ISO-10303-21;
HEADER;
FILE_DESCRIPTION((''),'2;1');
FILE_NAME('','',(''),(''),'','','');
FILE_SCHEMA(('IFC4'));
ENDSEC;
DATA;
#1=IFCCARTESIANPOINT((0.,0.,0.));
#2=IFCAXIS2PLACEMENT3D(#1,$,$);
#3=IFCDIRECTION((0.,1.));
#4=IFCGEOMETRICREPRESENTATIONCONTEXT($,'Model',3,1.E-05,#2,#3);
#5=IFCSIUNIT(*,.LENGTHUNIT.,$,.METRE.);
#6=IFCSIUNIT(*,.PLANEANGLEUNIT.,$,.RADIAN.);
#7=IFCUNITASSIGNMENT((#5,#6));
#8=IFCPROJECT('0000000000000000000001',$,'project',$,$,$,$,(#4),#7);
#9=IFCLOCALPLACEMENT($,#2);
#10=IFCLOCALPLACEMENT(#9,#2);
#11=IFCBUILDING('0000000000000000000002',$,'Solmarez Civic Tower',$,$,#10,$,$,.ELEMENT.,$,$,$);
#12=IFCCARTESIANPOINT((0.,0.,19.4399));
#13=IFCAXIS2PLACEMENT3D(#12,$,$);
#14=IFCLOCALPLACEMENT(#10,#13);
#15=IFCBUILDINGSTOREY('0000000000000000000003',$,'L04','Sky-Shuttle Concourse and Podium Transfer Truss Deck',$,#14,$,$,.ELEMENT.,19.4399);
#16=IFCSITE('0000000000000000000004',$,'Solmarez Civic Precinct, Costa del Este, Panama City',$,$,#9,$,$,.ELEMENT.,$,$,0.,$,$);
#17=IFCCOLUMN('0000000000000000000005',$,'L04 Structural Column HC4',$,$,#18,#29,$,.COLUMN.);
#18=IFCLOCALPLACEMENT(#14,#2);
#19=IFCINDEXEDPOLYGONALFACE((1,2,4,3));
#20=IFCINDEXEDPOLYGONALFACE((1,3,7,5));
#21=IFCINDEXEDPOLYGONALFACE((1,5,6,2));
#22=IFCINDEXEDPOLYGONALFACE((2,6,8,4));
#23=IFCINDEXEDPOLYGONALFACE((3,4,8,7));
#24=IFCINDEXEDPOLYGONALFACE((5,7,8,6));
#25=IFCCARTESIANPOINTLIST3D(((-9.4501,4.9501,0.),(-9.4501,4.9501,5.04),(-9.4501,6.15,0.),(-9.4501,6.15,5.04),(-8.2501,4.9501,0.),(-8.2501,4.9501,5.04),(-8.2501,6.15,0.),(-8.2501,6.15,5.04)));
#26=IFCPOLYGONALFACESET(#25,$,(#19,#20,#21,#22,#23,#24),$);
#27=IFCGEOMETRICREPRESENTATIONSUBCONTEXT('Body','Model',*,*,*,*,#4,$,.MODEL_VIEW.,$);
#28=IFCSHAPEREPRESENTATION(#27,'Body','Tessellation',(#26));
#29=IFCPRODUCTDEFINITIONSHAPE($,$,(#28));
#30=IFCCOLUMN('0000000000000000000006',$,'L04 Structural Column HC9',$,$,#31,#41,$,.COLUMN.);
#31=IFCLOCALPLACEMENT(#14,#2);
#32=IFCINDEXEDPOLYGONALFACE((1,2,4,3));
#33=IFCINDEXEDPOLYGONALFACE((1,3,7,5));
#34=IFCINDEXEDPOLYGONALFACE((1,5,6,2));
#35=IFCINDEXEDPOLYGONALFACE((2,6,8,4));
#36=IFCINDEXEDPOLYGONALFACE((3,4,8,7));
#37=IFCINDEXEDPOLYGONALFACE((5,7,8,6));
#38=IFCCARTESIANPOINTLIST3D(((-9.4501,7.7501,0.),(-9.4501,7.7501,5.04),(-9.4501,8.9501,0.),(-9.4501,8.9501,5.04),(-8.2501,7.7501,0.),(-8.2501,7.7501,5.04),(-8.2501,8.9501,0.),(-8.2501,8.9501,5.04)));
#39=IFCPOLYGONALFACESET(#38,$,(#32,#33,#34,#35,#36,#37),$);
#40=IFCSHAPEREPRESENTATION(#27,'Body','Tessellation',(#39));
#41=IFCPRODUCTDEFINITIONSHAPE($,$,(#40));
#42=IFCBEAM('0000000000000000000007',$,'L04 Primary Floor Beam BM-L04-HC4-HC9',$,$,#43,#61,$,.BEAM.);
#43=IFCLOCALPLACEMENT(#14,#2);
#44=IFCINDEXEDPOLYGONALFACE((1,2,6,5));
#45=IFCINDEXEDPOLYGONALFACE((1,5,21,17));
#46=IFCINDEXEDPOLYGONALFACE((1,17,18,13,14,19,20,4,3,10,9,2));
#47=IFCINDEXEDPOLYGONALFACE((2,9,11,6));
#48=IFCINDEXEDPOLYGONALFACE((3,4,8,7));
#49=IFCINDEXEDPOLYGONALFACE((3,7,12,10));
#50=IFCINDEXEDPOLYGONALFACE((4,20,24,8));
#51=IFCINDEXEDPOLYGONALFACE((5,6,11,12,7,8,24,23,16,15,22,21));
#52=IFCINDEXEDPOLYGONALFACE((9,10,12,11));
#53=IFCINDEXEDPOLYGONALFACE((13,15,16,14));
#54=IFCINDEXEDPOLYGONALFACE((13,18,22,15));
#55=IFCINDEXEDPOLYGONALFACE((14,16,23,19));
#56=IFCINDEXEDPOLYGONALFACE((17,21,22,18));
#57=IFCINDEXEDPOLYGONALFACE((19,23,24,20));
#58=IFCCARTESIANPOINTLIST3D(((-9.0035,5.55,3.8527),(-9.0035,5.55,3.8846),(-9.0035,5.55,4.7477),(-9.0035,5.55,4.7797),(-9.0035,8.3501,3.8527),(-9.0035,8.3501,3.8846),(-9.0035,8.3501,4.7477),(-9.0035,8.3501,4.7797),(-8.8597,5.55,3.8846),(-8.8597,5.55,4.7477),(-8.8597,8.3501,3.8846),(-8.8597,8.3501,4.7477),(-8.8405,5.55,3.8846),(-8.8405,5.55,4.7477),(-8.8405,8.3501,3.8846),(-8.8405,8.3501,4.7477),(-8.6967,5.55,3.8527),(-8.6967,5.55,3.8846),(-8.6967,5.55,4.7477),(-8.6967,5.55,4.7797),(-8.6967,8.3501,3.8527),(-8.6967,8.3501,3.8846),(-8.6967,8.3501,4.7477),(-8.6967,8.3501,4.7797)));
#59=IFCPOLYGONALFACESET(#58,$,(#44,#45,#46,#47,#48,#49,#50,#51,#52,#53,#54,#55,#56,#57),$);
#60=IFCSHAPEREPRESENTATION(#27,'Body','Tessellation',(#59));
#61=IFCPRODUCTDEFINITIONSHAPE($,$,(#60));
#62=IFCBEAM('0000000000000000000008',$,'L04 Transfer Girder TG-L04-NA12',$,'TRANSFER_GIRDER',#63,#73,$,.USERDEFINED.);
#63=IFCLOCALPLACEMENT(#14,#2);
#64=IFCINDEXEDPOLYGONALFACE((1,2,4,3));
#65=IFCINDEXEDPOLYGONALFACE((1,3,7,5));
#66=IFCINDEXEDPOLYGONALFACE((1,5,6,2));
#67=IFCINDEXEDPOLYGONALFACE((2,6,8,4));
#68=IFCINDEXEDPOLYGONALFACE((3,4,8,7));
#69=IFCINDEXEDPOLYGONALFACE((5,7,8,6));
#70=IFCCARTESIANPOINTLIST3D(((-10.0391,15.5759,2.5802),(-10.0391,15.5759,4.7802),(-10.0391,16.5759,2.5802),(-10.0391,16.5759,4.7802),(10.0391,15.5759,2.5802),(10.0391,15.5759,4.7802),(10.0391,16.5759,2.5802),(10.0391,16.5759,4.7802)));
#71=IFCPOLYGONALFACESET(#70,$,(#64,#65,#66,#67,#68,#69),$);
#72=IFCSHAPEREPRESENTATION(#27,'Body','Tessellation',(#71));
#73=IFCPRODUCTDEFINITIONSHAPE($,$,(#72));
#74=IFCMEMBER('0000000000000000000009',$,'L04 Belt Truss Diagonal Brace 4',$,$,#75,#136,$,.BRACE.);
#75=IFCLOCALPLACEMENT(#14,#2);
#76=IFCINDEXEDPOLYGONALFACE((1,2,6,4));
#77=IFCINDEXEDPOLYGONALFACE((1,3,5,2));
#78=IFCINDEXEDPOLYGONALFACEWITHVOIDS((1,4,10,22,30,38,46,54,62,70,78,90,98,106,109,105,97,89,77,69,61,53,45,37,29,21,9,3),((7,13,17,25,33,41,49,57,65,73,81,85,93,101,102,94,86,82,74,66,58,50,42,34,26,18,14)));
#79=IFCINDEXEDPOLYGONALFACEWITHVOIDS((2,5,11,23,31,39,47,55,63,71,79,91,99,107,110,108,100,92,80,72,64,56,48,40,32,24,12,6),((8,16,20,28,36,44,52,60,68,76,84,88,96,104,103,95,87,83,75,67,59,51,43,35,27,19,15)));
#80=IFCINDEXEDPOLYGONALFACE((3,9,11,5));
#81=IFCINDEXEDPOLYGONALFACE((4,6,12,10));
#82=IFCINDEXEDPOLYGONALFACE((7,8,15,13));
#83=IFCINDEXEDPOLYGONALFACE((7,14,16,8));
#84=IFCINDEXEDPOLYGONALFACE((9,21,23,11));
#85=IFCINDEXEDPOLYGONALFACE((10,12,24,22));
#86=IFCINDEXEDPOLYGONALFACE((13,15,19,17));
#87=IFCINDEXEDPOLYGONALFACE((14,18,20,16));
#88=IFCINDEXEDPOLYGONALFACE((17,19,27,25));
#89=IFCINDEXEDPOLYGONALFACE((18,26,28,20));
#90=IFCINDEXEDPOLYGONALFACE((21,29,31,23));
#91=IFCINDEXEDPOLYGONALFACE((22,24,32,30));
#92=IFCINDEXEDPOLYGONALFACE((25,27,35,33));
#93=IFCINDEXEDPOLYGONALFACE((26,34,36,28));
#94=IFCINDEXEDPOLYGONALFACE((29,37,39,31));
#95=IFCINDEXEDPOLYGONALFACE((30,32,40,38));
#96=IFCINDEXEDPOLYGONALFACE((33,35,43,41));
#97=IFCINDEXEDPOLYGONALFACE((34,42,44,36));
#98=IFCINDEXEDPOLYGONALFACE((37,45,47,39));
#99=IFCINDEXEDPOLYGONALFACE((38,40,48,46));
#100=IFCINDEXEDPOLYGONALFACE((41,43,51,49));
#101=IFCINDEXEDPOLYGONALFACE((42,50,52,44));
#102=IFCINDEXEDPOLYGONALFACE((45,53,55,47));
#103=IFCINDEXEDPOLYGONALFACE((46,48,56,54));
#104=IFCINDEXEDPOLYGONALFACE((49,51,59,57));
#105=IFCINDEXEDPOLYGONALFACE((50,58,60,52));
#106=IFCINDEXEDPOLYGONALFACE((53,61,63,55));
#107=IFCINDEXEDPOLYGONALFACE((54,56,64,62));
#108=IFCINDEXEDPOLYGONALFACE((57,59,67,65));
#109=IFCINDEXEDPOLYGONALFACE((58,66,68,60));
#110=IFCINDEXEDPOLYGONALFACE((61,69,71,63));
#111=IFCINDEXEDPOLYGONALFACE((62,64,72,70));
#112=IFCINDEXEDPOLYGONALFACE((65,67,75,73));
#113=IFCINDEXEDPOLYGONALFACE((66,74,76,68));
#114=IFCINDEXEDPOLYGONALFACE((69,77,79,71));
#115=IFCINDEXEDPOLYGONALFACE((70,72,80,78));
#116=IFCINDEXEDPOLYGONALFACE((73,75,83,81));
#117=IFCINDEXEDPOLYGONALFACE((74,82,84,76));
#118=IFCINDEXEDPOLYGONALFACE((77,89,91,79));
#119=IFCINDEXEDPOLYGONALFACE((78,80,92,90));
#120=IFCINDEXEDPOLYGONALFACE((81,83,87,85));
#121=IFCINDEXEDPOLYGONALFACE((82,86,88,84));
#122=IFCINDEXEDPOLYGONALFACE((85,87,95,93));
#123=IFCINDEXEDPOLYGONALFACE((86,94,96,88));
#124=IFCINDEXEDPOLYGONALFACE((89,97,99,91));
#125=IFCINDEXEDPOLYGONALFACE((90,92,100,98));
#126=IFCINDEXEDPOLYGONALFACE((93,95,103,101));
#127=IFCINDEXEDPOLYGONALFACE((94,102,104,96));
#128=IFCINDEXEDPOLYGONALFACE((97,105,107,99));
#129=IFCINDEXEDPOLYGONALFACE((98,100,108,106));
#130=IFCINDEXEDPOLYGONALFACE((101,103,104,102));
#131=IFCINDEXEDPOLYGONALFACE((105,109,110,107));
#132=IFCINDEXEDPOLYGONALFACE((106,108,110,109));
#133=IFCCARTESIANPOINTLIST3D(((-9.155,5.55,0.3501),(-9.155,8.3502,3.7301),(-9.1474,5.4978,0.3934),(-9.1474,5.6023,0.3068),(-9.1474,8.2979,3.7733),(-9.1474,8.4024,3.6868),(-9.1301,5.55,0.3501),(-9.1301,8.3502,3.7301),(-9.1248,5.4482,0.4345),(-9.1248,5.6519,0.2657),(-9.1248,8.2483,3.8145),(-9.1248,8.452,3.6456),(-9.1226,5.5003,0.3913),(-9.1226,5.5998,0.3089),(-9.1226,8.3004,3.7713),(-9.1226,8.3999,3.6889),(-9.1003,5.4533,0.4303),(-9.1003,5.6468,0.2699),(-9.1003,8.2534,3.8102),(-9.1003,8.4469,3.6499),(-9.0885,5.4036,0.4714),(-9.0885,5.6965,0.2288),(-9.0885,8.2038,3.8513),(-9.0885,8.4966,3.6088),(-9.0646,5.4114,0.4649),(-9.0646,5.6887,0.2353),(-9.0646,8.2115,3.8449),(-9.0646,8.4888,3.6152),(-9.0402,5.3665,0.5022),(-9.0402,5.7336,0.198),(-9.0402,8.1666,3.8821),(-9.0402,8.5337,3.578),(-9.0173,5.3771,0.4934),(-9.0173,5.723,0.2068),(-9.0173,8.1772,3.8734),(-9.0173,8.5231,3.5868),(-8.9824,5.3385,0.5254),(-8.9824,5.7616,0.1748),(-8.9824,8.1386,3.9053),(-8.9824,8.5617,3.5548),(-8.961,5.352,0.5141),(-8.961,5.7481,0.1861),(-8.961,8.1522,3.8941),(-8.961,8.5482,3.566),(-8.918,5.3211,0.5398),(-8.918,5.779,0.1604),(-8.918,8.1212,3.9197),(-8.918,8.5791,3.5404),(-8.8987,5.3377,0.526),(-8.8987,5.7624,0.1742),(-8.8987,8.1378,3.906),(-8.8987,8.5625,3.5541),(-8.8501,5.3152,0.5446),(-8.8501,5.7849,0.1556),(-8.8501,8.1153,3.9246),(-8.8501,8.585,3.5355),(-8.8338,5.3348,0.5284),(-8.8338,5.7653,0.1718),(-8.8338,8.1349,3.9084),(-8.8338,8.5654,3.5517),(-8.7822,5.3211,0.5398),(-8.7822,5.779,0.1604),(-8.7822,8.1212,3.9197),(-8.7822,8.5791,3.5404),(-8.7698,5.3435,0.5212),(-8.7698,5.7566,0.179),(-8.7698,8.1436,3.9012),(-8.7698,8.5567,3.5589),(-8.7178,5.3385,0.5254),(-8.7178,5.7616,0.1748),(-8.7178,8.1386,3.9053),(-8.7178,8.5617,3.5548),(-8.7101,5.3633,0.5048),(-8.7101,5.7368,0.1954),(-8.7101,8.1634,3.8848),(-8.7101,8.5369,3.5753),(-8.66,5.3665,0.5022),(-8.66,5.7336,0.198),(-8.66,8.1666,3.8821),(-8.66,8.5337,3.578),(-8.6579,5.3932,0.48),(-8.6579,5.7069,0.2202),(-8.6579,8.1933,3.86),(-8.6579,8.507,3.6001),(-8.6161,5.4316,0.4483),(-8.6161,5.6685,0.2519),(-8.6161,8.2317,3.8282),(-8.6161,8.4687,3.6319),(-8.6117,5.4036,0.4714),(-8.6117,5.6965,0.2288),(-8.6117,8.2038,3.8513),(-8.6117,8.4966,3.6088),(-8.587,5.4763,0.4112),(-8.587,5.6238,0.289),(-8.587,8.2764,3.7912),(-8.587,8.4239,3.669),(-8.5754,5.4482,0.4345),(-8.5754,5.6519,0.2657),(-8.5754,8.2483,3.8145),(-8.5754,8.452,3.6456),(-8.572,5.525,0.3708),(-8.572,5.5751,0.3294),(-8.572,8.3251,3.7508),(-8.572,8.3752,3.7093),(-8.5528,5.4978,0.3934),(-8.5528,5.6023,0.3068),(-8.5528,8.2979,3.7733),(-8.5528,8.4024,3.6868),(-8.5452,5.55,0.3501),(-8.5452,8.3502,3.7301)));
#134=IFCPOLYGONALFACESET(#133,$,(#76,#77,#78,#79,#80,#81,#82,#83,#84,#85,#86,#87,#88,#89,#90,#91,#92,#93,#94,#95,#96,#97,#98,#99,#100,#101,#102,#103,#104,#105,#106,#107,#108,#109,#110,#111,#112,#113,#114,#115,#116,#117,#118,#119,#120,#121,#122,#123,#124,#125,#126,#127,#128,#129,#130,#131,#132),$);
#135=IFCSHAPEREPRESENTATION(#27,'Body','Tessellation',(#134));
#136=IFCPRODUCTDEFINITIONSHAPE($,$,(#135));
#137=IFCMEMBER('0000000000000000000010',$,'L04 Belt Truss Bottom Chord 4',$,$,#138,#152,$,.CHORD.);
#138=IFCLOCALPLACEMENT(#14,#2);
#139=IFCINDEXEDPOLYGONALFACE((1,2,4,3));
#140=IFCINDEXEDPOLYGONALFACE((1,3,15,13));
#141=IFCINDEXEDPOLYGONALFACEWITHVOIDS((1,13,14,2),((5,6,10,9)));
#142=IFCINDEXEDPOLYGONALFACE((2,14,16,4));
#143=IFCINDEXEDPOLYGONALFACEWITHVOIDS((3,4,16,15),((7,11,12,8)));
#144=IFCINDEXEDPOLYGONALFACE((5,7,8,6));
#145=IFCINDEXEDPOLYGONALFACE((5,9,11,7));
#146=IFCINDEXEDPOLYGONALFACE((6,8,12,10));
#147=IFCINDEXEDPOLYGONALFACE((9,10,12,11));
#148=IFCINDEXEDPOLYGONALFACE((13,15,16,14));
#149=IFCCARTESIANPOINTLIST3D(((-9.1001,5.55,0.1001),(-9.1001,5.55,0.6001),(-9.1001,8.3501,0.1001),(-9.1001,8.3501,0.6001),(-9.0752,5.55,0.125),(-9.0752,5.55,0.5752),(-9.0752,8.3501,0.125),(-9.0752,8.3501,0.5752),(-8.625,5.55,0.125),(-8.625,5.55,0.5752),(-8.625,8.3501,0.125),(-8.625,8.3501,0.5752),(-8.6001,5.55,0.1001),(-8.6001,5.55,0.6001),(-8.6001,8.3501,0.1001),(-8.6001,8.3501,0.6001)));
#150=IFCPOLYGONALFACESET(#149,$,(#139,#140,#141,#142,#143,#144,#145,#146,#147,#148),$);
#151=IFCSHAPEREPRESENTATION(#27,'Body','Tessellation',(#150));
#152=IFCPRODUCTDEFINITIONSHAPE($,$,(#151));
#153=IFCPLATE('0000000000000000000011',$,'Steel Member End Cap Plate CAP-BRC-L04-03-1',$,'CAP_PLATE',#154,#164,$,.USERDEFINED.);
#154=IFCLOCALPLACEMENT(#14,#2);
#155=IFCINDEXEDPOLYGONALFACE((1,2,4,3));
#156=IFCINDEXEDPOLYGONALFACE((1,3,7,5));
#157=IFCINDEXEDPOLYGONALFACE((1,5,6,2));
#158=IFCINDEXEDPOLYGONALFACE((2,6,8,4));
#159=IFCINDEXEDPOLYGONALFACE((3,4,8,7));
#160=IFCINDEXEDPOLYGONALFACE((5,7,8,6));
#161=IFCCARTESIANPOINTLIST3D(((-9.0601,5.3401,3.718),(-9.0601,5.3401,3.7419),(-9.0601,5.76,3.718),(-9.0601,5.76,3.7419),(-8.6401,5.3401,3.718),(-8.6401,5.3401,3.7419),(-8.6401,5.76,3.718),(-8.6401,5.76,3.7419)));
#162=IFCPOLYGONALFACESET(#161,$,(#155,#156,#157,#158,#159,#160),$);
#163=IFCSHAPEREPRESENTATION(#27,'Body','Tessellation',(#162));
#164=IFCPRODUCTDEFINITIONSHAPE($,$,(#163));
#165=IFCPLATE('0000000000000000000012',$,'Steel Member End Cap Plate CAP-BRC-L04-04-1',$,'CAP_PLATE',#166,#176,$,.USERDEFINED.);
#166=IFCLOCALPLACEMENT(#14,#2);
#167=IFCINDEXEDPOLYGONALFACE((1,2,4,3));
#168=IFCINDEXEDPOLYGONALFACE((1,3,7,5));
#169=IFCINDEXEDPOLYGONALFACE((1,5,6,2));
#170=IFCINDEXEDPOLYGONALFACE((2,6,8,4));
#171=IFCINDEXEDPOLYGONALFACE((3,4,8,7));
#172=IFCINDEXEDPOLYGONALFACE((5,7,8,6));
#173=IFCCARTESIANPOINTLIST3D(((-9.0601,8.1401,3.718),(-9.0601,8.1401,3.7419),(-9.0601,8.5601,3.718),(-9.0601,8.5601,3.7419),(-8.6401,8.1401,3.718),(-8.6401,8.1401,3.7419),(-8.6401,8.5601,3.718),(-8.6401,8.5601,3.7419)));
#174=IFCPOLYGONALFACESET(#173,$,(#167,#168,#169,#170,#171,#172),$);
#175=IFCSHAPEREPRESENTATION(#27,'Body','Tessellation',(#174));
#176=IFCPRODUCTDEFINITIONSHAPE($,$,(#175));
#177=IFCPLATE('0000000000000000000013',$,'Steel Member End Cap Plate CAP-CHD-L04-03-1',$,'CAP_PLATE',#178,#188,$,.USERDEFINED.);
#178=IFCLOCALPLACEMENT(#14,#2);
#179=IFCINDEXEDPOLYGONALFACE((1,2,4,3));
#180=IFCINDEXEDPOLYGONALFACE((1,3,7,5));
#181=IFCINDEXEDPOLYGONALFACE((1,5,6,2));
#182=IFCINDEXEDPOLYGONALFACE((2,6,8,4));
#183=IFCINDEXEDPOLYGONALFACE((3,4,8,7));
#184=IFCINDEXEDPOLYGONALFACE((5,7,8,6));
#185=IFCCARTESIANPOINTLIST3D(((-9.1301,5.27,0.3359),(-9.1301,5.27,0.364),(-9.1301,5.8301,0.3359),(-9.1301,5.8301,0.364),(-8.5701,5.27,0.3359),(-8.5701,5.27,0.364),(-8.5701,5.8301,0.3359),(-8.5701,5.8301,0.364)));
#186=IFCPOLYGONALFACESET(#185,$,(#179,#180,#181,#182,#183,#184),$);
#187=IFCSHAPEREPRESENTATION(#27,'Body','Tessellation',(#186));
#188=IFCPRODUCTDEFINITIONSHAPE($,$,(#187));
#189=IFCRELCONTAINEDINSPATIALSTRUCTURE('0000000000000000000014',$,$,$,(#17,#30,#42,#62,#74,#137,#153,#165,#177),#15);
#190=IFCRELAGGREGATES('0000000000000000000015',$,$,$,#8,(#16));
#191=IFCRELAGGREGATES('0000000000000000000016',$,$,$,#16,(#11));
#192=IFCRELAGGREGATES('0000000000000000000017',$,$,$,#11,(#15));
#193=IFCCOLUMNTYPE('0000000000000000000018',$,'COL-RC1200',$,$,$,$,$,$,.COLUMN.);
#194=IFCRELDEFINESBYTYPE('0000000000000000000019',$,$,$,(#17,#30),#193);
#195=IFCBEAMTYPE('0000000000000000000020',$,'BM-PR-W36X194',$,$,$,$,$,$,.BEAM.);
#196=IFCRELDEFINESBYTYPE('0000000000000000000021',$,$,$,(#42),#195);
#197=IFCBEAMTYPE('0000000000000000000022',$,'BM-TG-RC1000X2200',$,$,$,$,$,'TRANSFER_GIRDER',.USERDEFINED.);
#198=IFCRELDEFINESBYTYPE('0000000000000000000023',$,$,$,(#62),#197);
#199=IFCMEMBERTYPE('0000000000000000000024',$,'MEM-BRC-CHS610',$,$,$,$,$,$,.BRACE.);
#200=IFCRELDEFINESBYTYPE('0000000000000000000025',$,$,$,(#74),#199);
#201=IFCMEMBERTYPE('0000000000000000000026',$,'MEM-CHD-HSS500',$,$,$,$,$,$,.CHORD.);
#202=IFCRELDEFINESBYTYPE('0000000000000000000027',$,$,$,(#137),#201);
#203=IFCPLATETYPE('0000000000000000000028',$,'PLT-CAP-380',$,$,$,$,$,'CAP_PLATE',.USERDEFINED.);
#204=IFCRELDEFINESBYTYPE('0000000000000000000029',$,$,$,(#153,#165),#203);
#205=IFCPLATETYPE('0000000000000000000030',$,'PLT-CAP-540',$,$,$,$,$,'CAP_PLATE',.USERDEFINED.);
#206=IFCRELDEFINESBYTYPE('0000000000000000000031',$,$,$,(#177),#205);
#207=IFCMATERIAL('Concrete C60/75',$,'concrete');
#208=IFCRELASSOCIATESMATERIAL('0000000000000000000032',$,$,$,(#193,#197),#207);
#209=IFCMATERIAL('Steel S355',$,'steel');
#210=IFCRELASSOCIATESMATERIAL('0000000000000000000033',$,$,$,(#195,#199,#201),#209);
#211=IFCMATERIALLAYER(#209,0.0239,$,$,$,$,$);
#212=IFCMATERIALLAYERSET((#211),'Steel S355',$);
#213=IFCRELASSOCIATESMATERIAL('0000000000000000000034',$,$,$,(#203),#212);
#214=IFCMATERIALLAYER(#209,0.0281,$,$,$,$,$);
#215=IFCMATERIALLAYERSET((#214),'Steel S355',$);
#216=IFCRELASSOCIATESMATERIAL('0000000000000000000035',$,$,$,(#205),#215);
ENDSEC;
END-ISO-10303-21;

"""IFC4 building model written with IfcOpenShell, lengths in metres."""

from ifc_helpers import new_model, si_unit, direction, frame, origin, origin_2d, place, context, subcontext, project, spatial, rectangle, hollow_rectangle, hollow_circle, i_section, extrude, material, layer, layer_set, material_profile, profile_set, type_object, element, save


model = new_model("IFC4")

# Units and contexts
model_context = context("Model", 3, precision=1e-05, world=origin(), true_north=direction((0.0, 1.0)))
body_context = subcontext(model_context, "Body", "Model", "MODEL_VIEW")
ifc_project = project(units=[si_unit("LENGTHUNIT", "METRE"), si_unit("PLANEANGLEUNIT", "RADIAN")], contexts=[model_context])

# Site, building, storey
site_placement = place(None, origin())
site = spatial("IfcSite", under=ifc_project, at=site_placement, Name="Solmarez Civic Precinct, Costa del Este, Panama City", CompositionType="ELEMENT", RefElevation=0.0)
building_placement = place(site_placement, origin())
building = spatial("IfcBuilding", under=site, at=building_placement, Name="Solmarez Civic Tower", CompositionType="ELEMENT")
storey_placement = place(building_placement, frame((0.0, 0.0, 19.4399)))
storey = spatial("IfcBuildingStorey", under=building, at=storey_placement, Name="L04", Description="Sky-Shuttle Concourse and Podium Transfer Truss Deck", CompositionType="ELEMENT", Elevation=19.4399)

# Columns
ifc_material_1 = material(Name="Concrete C60/75", Category="concrete")
ifc_material_profile_1 = material_profile(ifc_material_1, rectangle(XDim=1.2, YDim=1.2, at=origin_2d()), Name="RC1200X1200")
ifc_profile_set_1 = profile_set([ifc_material_profile_1], Name="Concrete C60/75")
column_type = type_object("IfcColumnType", Name="COL-RC1200", PredefinedType="COLUMN", material=ifc_profile_set_1)
for number, where, z_axis, x_axis, name in (
    (1, (-8.8501, 5.55, 0.0), (0.0, 0.0, 1.0), (1.0, 0.0, 0.0), "L04 Structural Column HC4"),
    (2, (-8.8501, 8.3501, 0.0), (0.0, 0.0, 1.0), (1.0, 0.0, 0.0), "L04 Structural Column HC9"),
):
    element("IfcColumn", number, at=place(storey_placement, frame(where, z_axis=z_axis, x_axis=x_axis)), inside=storey, type_object=column_type, Name=name, PredefinedType="COLUMN", context=body_context, shape_type="SweptSolid", body=[
        extrude(rectangle(XDim=1.2, YDim=1.2, at=origin_2d()), origin(), (0.0, 0.0, 1.0), 5.04),
    ])

# Beams
ifc_material_2 = material(Name="Steel S355", Category="steel")
ifc_material_profile_2 = material_profile(ifc_material_2, i_section(OverallWidth=0.3069, OverallDepth=0.927, WebThickness=0.0193, FlangeThickness=0.032, at=origin_2d()), Name="W36X194")
ifc_profile_set_2 = profile_set([ifc_material_profile_2], Name="Steel S355")
beam_type_1 = type_object("IfcBeamType", Name="BM-PR-W36X194", PredefinedType="BEAM", material=ifc_profile_set_2)
beam_1_placement = place(storey_placement, frame((-8.8501, 5.55, 4.3162), z_axis=(0.0, 1.0, 0.0), x_axis=(-1.0, 0.0, 0.0)))
element("IfcBeam", 3, at=beam_1_placement, inside=storey, type_object=beam_type_1, Name="L04 Primary Floor Beam BM-L04-HC4-HC9", PredefinedType="BEAM", context=body_context, shape_type="SweptSolid", body=[
    extrude(i_section(OverallWidth=0.3069, OverallDepth=0.927, WebThickness=0.0193, FlangeThickness=0.032, at=origin_2d()), origin(), (0.0, 0.0, 1.0), 2.8),
])
ifc_material_profile_3 = material_profile(ifc_material_1, rectangle(XDim=1.0, YDim=2.2, at=origin_2d()), Name="RC1000X2200")
ifc_profile_set_3 = profile_set([ifc_material_profile_3], Name="Concrete C60/75")
beam_type_2 = type_object("IfcBeamType", Name="BM-TG-RC1000X2200", ElementType="TRANSFER_GIRDER", PredefinedType="USERDEFINED", material=ifc_profile_set_3)
beam_2_placement = place(storey_placement, frame((-10.0391, 16.0759, 3.6802), z_axis=(1.0, 0.0, 0.0), x_axis=(0.0, 1.0, 0.0)))
element("IfcBeam", 4, at=beam_2_placement, inside=storey, type_object=beam_type_2, Name="L04 Transfer Girder TG-L04-NA12", ObjectType="TRANSFER_GIRDER", PredefinedType="USERDEFINED", context=body_context, shape_type="SweptSolid", body=[
    extrude(rectangle(XDim=1.0, YDim=2.2, at=origin_2d()), origin(), (0.0, 0.0, 1.0), 20.0781),
])

# Members
ifc_material_profile_4 = material_profile(ifc_material_2, hollow_circle(Radius=0.3049, WallThickness=0.0249, at=origin_2d()), Name="CHS610X25")
ifc_profile_set_4 = profile_set([ifc_material_profile_4], Name="Steel S355")
member_type_1 = type_object("IfcMemberType", Name="MEM-BRC-CHS610", PredefinedType="BRACE", material=ifc_profile_set_4)
member_1_placement = place(storey_placement, frame((-8.8501, 5.55, 0.3501), z_axis=(0.0, 0.63796, 0.770069), x_axis=(-1.0, 0.0, 0.0)))
element("IfcMember", 5, at=member_1_placement, inside=storey, type_object=member_type_1, Name="L04 Belt Truss Diagonal Brace 4", PredefinedType="BRACE", context=body_context, shape_type="SweptSolid", body=[
    extrude(hollow_circle(Radius=0.3049, WallThickness=0.0249, at=origin_2d()), origin(), (0.0, 0.0, 1.0), 4.3892),
])
ifc_material_profile_5 = material_profile(ifc_material_2, hollow_rectangle(XDim=0.5, YDim=0.5, WallThickness=0.0249, at=origin_2d()), Name="HSS500X500X25")
ifc_profile_set_5 = profile_set([ifc_material_profile_5], Name="Steel S355")
member_type_2 = type_object("IfcMemberType", Name="MEM-CHD-HSS500", PredefinedType="CHORD", material=ifc_profile_set_5)
member_2_placement = place(storey_placement, frame((-8.8501, 5.55, 0.3501), z_axis=(0.0, 1.0, 0.0), x_axis=(-1.0, 0.0, 0.0)))
element("IfcMember", 6, at=member_2_placement, inside=storey, type_object=member_type_2, Name="L04 Belt Truss Bottom Chord 4", PredefinedType="CHORD", context=body_context, shape_type="SweptSolid", body=[
    extrude(hollow_rectangle(XDim=0.5, YDim=0.5, WallThickness=0.0249, at=origin_2d()), origin(), (0.0, 0.0, 1.0), 2.8),
])

# Plates
ifc_layer_1 = layer(ifc_material_2, 0.0239)
ifc_layer_set_1 = layer_set([ifc_layer_1], Name="Steel S355")
plate_type_1 = type_object("IfcPlateType", Name="PLT-CAP-380", ElementType="CAP_PLATE", PredefinedType="USERDEFINED", material=ifc_layer_set_1)
for number, where, z_axis, x_axis, name in (
    (7, (-8.8501, 5.55, 3.718), (0.0, 0.0, 1.0), (1.0, 0.0, 0.0), "Steel Member End Cap Plate CAP-BRC-L04-03-1"),
    (8, (-8.8501, 8.3501, 3.718), (0.0, 0.0, 1.0), (1.0, 0.0, 0.0), "Steel Member End Cap Plate CAP-BRC-L04-04-1"),
):
    element("IfcPlate", number, at=place(storey_placement, frame(where, z_axis=z_axis, x_axis=x_axis)), inside=storey, type_object=plate_type_1, Name=name, ObjectType="CAP_PLATE", PredefinedType="USERDEFINED", context=body_context, shape_type="SweptSolid", body=[
        extrude(rectangle(XDim=0.4199, YDim=0.4199, at=origin_2d()), origin(), (0.0, 0.0, 1.0), 0.0239),
    ])
ifc_layer_2 = layer(ifc_material_2, 0.0281)
ifc_layer_set_2 = layer_set([ifc_layer_2], Name="Steel S355")
plate_type_2 = type_object("IfcPlateType", Name="PLT-CAP-540", ElementType="CAP_PLATE", PredefinedType="USERDEFINED", material=ifc_layer_set_2)
for number, where, z_axis, x_axis, name in (
    (9, (-8.8501, 5.55, 0.3359), (0.0, 0.0, 1.0), (1.0, 0.0, 0.0), "Steel Member End Cap Plate CAP-CHD-L04-03-1"),
):
    element("IfcPlate", number, at=place(storey_placement, frame(where, z_axis=z_axis, x_axis=x_axis)), inside=storey, type_object=plate_type_2, Name=name, ObjectType="CAP_PLATE", PredefinedType="USERDEFINED", context=body_context, shape_type="SweptSolid", body=[
        extrude(rectangle(XDim=0.5601, YDim=0.5601, at=origin_2d()), origin(), (0.0, 0.0, 1.0), 0.0281),
    ])

save(model, "model.ifc")
